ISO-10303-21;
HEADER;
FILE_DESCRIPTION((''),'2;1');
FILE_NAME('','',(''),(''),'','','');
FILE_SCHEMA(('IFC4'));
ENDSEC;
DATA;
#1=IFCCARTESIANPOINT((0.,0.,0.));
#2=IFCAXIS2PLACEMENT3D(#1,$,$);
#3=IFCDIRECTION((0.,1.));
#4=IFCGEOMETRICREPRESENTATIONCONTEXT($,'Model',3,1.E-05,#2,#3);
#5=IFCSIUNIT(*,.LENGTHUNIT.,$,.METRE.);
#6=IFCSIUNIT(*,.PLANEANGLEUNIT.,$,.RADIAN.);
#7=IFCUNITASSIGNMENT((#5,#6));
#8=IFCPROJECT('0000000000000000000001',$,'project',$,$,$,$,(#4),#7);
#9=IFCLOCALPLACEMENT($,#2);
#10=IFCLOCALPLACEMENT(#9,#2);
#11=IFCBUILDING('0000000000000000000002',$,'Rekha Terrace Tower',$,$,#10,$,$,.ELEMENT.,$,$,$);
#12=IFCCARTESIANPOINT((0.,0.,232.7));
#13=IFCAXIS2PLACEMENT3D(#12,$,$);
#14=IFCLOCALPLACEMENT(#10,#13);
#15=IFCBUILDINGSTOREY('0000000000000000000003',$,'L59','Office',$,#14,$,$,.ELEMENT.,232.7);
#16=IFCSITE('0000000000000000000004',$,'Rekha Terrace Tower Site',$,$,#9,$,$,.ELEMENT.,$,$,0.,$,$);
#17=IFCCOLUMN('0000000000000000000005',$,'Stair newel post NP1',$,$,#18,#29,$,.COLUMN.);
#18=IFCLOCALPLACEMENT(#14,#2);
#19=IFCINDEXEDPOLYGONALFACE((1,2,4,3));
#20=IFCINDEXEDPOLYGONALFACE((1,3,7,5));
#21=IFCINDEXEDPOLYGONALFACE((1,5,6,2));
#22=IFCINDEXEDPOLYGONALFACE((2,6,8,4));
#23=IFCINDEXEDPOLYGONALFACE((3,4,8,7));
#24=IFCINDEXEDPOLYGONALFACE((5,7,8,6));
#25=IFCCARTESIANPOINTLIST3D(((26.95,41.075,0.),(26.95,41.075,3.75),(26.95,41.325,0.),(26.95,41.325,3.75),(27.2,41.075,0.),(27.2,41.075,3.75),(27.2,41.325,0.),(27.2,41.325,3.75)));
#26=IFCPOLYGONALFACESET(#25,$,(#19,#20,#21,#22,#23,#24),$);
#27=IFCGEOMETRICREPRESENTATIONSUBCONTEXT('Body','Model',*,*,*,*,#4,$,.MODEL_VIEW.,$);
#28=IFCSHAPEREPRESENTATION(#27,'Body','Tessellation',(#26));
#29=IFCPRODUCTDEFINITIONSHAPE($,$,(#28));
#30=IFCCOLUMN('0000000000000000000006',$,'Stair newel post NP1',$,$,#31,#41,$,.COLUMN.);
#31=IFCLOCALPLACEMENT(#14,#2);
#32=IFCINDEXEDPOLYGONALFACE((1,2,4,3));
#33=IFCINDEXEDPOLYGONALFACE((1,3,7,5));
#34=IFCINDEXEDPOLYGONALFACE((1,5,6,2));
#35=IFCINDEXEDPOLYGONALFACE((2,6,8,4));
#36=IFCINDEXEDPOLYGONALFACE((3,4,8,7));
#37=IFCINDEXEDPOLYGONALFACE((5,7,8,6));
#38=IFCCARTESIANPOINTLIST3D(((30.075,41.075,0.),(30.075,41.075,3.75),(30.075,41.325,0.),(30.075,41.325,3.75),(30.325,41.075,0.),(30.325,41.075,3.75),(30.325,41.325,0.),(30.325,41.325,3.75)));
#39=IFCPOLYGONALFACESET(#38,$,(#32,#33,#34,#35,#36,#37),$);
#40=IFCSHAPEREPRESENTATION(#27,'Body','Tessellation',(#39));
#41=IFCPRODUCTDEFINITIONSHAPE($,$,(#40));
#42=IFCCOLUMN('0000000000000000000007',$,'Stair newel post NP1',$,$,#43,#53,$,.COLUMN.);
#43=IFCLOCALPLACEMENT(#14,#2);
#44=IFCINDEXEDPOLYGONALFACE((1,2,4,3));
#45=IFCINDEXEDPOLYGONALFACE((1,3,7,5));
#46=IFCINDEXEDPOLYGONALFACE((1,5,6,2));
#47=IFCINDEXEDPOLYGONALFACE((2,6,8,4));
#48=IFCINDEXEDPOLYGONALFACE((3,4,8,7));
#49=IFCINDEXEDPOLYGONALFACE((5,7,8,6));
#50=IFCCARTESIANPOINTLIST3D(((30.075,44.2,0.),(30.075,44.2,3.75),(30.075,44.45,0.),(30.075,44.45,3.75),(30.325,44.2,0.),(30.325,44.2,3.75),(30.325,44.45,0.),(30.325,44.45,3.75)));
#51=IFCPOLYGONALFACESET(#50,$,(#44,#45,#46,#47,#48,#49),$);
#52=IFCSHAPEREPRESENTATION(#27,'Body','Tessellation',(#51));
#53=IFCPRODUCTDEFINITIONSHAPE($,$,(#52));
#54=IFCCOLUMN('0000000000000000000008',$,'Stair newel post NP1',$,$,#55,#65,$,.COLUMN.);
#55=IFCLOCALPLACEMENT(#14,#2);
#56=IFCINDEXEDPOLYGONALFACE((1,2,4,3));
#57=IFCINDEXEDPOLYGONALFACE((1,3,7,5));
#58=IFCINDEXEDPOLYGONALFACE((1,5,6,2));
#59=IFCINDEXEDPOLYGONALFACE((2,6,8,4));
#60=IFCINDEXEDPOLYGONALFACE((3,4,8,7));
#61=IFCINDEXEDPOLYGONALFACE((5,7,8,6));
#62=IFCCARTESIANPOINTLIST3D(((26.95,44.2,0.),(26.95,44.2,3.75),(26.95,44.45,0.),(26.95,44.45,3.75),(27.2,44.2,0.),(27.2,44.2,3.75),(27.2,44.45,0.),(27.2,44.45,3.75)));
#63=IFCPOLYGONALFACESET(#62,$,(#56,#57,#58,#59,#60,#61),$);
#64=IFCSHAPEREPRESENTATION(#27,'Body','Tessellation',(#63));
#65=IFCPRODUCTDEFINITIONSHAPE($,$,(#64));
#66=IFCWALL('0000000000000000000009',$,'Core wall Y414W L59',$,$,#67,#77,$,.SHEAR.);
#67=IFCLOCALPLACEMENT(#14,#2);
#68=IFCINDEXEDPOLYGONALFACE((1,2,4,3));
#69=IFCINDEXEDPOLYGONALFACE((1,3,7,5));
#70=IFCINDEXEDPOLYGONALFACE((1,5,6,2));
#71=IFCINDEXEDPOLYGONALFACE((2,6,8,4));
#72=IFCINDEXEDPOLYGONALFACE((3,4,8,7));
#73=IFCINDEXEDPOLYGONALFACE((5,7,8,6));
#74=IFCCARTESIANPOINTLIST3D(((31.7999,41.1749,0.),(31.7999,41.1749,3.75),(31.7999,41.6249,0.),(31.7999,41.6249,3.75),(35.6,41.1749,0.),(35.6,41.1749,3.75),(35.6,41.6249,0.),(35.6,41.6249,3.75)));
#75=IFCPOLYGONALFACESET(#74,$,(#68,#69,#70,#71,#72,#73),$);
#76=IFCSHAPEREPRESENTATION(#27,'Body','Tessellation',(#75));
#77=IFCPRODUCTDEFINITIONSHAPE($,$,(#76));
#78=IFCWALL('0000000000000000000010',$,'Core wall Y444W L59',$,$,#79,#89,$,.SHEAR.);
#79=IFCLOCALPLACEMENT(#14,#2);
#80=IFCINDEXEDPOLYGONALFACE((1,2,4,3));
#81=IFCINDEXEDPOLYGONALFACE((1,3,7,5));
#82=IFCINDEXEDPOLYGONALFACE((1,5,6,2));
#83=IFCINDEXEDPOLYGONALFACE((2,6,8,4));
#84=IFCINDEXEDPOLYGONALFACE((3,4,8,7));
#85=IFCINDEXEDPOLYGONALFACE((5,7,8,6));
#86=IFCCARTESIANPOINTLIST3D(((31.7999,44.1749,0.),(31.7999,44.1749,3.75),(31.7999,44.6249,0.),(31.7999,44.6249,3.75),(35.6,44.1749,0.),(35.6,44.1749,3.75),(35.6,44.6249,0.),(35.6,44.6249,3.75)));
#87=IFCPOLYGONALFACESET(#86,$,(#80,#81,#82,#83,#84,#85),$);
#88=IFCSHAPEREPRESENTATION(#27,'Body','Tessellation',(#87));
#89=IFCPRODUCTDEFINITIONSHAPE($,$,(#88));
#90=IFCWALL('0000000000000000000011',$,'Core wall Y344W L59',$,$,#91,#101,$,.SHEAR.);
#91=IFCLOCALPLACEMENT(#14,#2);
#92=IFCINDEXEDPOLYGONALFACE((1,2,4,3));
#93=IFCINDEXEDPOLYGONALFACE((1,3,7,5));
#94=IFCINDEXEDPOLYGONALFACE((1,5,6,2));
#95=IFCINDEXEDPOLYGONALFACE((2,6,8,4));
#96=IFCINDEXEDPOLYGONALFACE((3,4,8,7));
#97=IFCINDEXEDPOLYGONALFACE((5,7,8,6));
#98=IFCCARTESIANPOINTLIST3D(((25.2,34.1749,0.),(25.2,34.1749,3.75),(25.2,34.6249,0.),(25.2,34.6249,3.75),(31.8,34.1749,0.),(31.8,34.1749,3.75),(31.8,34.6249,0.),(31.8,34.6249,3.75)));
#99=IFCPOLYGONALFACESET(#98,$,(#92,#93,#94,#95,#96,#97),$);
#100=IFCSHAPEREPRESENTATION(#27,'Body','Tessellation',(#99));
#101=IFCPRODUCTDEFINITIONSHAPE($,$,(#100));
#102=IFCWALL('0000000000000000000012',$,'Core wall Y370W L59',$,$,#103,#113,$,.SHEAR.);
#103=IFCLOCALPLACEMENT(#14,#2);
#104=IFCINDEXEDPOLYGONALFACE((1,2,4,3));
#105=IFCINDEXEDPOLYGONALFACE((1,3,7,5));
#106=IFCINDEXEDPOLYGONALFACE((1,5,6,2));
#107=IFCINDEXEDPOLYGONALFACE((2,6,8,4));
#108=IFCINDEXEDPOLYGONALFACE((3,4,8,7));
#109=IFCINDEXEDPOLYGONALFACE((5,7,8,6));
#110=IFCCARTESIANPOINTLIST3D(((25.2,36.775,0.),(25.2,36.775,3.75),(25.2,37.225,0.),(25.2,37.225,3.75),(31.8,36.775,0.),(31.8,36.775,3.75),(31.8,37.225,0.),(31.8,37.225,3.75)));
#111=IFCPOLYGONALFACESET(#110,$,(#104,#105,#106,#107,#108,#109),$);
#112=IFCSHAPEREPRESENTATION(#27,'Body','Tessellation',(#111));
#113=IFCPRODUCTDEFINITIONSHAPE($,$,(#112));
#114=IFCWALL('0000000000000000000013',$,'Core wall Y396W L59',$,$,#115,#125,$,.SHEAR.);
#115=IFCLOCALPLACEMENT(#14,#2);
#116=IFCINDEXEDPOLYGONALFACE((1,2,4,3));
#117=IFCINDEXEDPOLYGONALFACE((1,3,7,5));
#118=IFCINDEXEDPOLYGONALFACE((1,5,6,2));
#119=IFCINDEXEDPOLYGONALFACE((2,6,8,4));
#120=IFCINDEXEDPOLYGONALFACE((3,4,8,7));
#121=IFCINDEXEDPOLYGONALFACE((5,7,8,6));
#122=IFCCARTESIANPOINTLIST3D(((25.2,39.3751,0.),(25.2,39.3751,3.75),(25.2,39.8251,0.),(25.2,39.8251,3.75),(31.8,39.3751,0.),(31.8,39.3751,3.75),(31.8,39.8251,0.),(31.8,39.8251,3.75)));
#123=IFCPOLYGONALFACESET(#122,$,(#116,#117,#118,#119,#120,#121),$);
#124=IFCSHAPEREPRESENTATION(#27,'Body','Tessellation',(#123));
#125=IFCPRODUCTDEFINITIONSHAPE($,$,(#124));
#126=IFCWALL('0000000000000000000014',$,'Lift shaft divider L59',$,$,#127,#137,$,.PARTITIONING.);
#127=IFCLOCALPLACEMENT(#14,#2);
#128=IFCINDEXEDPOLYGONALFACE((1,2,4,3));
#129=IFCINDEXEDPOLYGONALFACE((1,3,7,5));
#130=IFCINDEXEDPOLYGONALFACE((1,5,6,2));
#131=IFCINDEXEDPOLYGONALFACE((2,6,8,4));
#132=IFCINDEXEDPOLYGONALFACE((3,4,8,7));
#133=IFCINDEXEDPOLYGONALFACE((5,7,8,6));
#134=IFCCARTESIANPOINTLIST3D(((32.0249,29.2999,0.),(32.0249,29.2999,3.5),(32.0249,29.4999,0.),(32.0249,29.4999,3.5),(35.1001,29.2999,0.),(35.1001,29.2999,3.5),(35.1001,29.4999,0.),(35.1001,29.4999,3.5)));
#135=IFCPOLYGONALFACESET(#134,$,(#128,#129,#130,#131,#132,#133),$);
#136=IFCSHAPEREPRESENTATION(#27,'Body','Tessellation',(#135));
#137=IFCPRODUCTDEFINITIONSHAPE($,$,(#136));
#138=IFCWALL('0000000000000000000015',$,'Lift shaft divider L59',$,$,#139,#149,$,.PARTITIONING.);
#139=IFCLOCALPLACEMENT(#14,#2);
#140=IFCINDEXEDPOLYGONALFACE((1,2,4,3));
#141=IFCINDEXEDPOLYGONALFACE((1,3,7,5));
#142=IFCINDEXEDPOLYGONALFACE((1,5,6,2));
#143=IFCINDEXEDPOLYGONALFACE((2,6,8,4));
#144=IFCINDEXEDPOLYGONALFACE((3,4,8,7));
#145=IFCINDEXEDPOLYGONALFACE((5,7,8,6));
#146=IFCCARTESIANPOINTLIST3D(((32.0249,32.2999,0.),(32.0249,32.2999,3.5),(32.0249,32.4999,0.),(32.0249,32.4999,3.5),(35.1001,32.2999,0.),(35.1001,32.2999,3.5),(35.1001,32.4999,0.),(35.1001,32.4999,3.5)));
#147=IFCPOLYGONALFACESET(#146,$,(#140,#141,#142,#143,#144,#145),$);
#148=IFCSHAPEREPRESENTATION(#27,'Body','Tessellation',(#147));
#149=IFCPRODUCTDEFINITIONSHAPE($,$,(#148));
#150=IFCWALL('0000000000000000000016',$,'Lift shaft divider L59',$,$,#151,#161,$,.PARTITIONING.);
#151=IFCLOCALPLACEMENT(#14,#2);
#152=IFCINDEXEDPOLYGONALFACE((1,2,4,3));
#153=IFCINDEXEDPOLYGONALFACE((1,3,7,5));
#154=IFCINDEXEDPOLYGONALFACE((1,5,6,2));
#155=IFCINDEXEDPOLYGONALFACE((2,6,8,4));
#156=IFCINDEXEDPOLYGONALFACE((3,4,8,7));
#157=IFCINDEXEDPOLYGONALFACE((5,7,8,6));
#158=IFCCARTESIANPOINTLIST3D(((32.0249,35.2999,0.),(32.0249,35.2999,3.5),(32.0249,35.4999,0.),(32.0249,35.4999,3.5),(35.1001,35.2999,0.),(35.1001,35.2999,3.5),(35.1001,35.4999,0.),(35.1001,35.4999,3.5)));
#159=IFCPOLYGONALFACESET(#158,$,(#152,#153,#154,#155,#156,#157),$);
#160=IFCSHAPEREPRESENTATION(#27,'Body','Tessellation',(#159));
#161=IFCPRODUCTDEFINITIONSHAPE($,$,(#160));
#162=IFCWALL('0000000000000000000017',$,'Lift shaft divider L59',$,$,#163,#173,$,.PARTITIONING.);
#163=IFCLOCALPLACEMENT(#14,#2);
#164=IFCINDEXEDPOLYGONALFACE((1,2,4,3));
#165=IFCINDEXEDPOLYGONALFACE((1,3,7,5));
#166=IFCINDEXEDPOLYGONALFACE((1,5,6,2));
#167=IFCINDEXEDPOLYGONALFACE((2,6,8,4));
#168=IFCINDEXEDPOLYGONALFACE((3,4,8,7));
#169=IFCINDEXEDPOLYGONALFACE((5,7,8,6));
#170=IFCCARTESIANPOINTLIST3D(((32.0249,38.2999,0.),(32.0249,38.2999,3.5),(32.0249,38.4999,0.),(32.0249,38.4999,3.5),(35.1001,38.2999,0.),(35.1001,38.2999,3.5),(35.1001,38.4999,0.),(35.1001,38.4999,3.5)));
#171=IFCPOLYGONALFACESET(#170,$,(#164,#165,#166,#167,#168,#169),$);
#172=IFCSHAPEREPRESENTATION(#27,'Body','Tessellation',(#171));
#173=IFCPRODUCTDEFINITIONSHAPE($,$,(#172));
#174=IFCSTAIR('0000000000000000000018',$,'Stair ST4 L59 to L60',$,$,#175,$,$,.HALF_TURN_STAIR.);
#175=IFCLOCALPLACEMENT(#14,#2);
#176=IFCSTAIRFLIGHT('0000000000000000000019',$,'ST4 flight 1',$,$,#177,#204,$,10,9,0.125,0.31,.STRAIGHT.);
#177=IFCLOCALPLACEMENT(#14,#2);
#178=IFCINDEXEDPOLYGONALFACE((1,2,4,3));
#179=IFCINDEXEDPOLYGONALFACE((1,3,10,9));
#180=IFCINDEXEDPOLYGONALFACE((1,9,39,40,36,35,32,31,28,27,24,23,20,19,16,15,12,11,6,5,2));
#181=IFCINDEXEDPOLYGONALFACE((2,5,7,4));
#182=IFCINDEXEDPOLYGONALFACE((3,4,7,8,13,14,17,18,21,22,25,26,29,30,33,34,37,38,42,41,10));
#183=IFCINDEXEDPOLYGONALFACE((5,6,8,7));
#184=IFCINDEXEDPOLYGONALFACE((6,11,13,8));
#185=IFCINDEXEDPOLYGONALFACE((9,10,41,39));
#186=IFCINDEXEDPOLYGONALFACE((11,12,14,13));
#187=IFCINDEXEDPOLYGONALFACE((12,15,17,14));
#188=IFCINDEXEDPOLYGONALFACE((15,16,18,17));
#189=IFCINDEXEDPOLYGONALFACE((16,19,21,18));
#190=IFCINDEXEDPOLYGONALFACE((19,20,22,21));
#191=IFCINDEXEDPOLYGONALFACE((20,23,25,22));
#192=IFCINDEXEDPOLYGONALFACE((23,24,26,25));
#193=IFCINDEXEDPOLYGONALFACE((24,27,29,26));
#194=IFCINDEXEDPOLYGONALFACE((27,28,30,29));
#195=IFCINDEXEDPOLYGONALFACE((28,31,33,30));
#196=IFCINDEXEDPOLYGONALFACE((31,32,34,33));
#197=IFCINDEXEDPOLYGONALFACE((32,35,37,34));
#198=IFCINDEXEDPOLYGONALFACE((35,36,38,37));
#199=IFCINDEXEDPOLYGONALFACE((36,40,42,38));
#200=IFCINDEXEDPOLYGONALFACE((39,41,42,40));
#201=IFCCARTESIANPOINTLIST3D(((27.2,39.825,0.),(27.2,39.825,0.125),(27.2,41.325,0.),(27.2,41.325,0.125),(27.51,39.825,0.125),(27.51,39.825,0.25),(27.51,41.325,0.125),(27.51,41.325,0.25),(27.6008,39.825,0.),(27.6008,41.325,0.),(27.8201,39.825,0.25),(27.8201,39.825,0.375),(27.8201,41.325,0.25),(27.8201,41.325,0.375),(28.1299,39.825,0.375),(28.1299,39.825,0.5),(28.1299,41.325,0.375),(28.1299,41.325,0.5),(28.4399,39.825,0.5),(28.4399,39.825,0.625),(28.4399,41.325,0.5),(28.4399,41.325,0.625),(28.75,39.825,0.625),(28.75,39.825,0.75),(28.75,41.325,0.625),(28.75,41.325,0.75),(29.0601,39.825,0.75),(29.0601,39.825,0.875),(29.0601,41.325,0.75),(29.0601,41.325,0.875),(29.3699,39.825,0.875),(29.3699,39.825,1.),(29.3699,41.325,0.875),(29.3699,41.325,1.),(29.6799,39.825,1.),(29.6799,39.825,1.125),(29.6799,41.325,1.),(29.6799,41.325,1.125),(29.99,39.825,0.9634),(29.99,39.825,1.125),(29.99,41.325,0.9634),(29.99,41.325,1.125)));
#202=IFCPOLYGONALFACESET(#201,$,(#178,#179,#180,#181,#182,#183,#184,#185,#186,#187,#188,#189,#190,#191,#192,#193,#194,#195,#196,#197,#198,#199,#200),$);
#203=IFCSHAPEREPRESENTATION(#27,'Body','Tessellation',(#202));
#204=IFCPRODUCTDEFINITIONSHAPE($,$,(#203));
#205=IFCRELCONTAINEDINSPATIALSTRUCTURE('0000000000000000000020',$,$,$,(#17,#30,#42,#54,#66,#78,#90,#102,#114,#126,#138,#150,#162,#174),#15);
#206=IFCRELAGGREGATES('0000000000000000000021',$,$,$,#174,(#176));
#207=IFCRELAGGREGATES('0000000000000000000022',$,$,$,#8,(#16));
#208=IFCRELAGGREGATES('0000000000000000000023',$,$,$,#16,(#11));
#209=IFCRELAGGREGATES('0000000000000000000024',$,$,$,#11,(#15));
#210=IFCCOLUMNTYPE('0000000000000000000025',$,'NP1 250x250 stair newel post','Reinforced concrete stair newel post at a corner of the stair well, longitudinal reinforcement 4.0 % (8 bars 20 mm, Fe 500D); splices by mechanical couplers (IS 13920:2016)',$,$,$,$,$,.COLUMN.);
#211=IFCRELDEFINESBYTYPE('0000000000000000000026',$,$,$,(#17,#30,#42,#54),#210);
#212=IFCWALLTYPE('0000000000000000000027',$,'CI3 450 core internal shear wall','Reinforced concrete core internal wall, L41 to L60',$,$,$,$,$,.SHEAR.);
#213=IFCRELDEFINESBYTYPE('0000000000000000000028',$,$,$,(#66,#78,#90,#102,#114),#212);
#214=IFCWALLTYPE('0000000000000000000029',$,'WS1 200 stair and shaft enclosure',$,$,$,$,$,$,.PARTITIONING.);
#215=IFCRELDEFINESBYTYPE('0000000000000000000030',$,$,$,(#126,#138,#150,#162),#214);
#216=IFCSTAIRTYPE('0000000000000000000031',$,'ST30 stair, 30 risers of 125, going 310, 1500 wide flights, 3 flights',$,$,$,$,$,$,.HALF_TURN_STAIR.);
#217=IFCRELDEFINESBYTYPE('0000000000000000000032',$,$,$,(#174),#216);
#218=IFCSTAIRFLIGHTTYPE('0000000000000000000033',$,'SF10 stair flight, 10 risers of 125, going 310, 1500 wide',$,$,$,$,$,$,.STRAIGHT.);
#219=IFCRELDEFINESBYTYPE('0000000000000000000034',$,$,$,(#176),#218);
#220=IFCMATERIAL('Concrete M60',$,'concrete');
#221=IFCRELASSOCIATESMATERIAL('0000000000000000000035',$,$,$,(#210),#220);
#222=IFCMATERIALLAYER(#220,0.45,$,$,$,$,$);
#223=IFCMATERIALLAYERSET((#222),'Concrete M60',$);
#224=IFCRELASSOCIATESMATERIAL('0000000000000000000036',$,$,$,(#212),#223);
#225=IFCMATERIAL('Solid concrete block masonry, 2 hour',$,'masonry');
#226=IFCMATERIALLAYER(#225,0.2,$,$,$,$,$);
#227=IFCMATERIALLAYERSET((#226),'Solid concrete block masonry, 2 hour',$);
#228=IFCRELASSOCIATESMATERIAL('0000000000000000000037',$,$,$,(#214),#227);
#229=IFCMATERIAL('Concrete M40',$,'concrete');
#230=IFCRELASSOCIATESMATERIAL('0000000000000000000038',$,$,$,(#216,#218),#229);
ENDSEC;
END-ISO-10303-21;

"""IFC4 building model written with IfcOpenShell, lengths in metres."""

from ifc_helpers import new_model, si_unit, direction, frame, frame_2d, origin, origin_2d, place, context, subcontext, project, spatial, polyline, rectangle, outline, extrude, material, layer, layer_set, material_profile, profile_set, type_object, element, aggregate, save


model = new_model("IFC4")

# Units and contexts
model_context = context("Model", 3, precision=1e-05, world=origin(), true_north=direction((0.0, 1.0)))
body_context = subcontext(model_context, "Body", "Model", "MODEL_VIEW")
ifc_project = project(units=[si_unit("LENGTHUNIT", "METRE"), si_unit("PLANEANGLEUNIT", "RADIAN")], contexts=[model_context])

# Site, building, storey
site_placement = place(None, origin())
site = spatial("IfcSite", under=ifc_project, at=site_placement, Name="Rekha Terrace Tower Site", CompositionType="ELEMENT", RefElevation=0.0)
building_placement = place(site_placement, origin())
building = spatial("IfcBuilding", under=site, at=building_placement, Name="Rekha Terrace Tower", CompositionType="ELEMENT")
storey_placement = place(building_placement, frame((0.0, 0.0, 232.7)))
storey = spatial("IfcBuildingStorey", under=building, at=storey_placement, Name="L59", Description="Office", CompositionType="ELEMENT", Elevation=232.7)

# Columns
ifc_material_1 = material(Name="Concrete M60", Category="concrete")
ifc_material_profile = material_profile(ifc_material_1, rectangle(XDim=0.25, YDim=0.25, at=origin_2d()), Name="RC 250x250")
ifc_profile_set = profile_set([ifc_material_profile], Name="Concrete M60")
column_type = type_object("IfcColumnType", Name="NP1 250x250 stair newel post", Description="Reinforced concrete stair newel post at a corner of the stair well, longitudinal reinforcement 4.0 % (8 bars 20 mm, Fe 500D); splices by mechanical couplers (IS 13920:2016)", PredefinedType="COLUMN", material=ifc_profile_set)
for number, where, z_axis, x_axis, name in (
    (1, (27.075, 41.2, 0.0), (0.0, 0.0, 1.0), (1.0, 0.0, 0.0), "Stair newel post NP1"),
    (2, (30.2, 41.2, 0.0), (0.0, 0.0, 1.0), (1.0, 0.0, 0.0), "Stair newel post NP1"),
    (3, (30.2, 44.325, 0.0), (0.0, 0.0, 1.0), (1.0, 0.0, 0.0), "Stair newel post NP1"),
    (4, (27.075, 44.325, 0.0), (0.0, 0.0, 1.0), (1.0, 0.0, 0.0), "Stair newel post NP1"),
):
    element("IfcColumn", number, at=place(storey_placement, frame(where, z_axis=z_axis, x_axis=x_axis)), inside=storey, type_object=column_type, Name=name, PredefinedType="COLUMN", context=body_context, shape_type="SweptSolid", body=[
        extrude(rectangle(XDim=0.25, YDim=0.25, at=origin_2d()), origin(), (0.0, 0.0, 1.0), 3.75),
    ])

# Walls
ifc_layer_1 = layer(ifc_material_1, 0.45)
ifc_layer_set_1 = layer_set([ifc_layer_1], Name="Concrete M60")
wall_type_1 = type_object("IfcWallType", Name="CI3 450 core internal shear wall", Description="Reinforced concrete core internal wall, L41 to L60", PredefinedType="SHEAR", material=ifc_layer_set_1)
for number, where, z_axis, x_axis, name in (
    (5, (31.8, 41.3999, 0.0), (0.0, 0.0, 1.0), (1.0, 0.0, 0.0), "Core wall Y414W L59"),
    (6, (31.8, 44.3999, 0.0), (0.0, 0.0, 1.0), (1.0, 0.0, 0.0), "Core wall Y444W L59"),
):
    element("IfcWall", number, at=place(storey_placement, frame(where, z_axis=z_axis, x_axis=x_axis)), inside=storey, type_object=wall_type_1, Name=name, PredefinedType="SHEAR", context=body_context, shape_type="SweptSolid", body=[
        extrude(rectangle(XDim=3.8, YDim=0.45, at=frame_2d((1.8999, 0.0))), origin(), (0.0, 0.0, 1.0), 3.75),
    ])
for number, where, z_axis, x_axis, name in (
    (7, (25.2, 34.3999, 0.0), (0.0, 0.0, 1.0), (1.0, 0.0, 0.0), "Core wall Y344W L59"),
    (8, (25.2, 37.0, 0.0), (0.0, 0.0, 1.0), (1.0, 0.0, 0.0), "Core wall Y370W L59"),
    (9, (25.2, 39.6001, 0.0), (0.0, 0.0, 1.0), (1.0, 0.0, 0.0), "Core wall Y396W L59"),
):
    element("IfcWall", number, at=place(storey_placement, frame(where, z_axis=z_axis, x_axis=x_axis)), inside=storey, type_object=wall_type_1, Name=name, PredefinedType="SHEAR", context=body_context, shape_type="SweptSolid", body=[
        extrude(rectangle(XDim=6.6001, YDim=0.45, at=frame_2d((3.3, 0.0))), origin(), (0.0, 0.0, 1.0), 3.75),
    ])
ifc_material_2 = material(Name="Solid concrete block masonry, 2 hour", Category="masonry")
ifc_layer_2 = layer(ifc_material_2, 0.2)
ifc_layer_set_2 = layer_set([ifc_layer_2], Name="Solid concrete block masonry, 2 hour")
wall_type_2 = type_object("IfcWallType", Name="WS1 200 stair and shaft enclosure", PredefinedType="PARTITIONING", material=ifc_layer_set_2)
for number, where, z_axis, x_axis, name in (
    (10, (32.0249, 29.3999, 0.0), (0.0, 0.0, 1.0), (1.0, 0.0, 0.0), "Lift shaft divider L59"),
    (11, (32.0249, 32.3999, 0.0), (0.0, 0.0, 1.0), (1.0, 0.0, 0.0), "Lift shaft divider L59"),
    (12, (32.0249, 35.3999, 0.0), (0.0, 0.0, 1.0), (1.0, 0.0, 0.0), "Lift shaft divider L59"),
    (13, (32.0249, 38.3999, 0.0), (0.0, 0.0, 1.0), (1.0, 0.0, 0.0), "Lift shaft divider L59"),
):
    element("IfcWall", number, at=place(storey_placement, frame(where, z_axis=z_axis, x_axis=x_axis)), inside=storey, type_object=wall_type_2, Name=name, PredefinedType="PARTITIONING", context=body_context, shape_type="SweptSolid", body=[
        extrude(rectangle(XDim=3.0752, YDim=0.2, at=frame_2d((1.5376, 0.0))), origin(), (0.0, 0.0, 1.0), 3.5),
    ])

# Stair, stair flight
ifc_material_3 = material(Name="Concrete M40", Category="concrete")
stair_type = type_object("IfcStairType", Name="ST30 stair, 30 risers of 125, going 310, 1500 wide flights, 3 flights", PredefinedType="HALF_TURN_STAIR", material=ifc_material_3)
stair_placement = place(storey_placement, origin())
stair = element("IfcStair", 14, at=stair_placement, inside=storey, type_object=stair_type, Name="Stair ST4 L59 to L60", PredefinedType="HALF_TURN_STAIR")
stair_flight_type = type_object("IfcStairFlightType", Name="SF10 stair flight, 10 risers of 125, going 310, 1500 wide", PredefinedType="STRAIGHT", material=ifc_material_3)
stair_flight_1_placement = place(storey_placement, frame((27.2, 40.575, 0.0), z_axis=(0.0, 0.0, 1.0), x_axis=(1.0, 0.0, 0.0)))
stair_flight_1 = element("IfcStairFlight", 15, at=stair_flight_1_placement, type_object=stair_flight_type, Name="ST4 flight 1", NumberOfRisers=10, NumberOfTreads=9, PredefinedType="STRAIGHT", RiserHeight=0.125, TreadLength=0.31, context=body_context, shape_type="SweptSolid", body=[
    extrude(outline(polyline([(0.0, 0.0), (0.0, 0.125), (0.3101, 0.125), (0.3101, 0.25), (0.6201, 0.25), (0.6201, 0.375), (0.9299, 0.375), (0.9299, 0.5), (1.24, 0.5), (1.24, 0.625), (1.55, 0.625), (1.55, 0.75), (1.8601, 0.75), (1.8601, 0.875), (2.1699, 0.875), (2.1699, 1.0), (2.48, 1.0), (2.48, 1.125), (2.79, 1.125), (2.79, 1.25), (2.79, 0.9634), (0.4009, 0.0), (0.0, 0.0)])), frame((0.0, 0.75, 0.0), z_axis=(0.0, -1.0, 0.0), x_axis=(1.0, 0.0, 0.0)), (0.0, 0.0, 1.0), 1.5),
])
aggregate(stair, [stair_flight_1])

save(model, "model.ifc")
